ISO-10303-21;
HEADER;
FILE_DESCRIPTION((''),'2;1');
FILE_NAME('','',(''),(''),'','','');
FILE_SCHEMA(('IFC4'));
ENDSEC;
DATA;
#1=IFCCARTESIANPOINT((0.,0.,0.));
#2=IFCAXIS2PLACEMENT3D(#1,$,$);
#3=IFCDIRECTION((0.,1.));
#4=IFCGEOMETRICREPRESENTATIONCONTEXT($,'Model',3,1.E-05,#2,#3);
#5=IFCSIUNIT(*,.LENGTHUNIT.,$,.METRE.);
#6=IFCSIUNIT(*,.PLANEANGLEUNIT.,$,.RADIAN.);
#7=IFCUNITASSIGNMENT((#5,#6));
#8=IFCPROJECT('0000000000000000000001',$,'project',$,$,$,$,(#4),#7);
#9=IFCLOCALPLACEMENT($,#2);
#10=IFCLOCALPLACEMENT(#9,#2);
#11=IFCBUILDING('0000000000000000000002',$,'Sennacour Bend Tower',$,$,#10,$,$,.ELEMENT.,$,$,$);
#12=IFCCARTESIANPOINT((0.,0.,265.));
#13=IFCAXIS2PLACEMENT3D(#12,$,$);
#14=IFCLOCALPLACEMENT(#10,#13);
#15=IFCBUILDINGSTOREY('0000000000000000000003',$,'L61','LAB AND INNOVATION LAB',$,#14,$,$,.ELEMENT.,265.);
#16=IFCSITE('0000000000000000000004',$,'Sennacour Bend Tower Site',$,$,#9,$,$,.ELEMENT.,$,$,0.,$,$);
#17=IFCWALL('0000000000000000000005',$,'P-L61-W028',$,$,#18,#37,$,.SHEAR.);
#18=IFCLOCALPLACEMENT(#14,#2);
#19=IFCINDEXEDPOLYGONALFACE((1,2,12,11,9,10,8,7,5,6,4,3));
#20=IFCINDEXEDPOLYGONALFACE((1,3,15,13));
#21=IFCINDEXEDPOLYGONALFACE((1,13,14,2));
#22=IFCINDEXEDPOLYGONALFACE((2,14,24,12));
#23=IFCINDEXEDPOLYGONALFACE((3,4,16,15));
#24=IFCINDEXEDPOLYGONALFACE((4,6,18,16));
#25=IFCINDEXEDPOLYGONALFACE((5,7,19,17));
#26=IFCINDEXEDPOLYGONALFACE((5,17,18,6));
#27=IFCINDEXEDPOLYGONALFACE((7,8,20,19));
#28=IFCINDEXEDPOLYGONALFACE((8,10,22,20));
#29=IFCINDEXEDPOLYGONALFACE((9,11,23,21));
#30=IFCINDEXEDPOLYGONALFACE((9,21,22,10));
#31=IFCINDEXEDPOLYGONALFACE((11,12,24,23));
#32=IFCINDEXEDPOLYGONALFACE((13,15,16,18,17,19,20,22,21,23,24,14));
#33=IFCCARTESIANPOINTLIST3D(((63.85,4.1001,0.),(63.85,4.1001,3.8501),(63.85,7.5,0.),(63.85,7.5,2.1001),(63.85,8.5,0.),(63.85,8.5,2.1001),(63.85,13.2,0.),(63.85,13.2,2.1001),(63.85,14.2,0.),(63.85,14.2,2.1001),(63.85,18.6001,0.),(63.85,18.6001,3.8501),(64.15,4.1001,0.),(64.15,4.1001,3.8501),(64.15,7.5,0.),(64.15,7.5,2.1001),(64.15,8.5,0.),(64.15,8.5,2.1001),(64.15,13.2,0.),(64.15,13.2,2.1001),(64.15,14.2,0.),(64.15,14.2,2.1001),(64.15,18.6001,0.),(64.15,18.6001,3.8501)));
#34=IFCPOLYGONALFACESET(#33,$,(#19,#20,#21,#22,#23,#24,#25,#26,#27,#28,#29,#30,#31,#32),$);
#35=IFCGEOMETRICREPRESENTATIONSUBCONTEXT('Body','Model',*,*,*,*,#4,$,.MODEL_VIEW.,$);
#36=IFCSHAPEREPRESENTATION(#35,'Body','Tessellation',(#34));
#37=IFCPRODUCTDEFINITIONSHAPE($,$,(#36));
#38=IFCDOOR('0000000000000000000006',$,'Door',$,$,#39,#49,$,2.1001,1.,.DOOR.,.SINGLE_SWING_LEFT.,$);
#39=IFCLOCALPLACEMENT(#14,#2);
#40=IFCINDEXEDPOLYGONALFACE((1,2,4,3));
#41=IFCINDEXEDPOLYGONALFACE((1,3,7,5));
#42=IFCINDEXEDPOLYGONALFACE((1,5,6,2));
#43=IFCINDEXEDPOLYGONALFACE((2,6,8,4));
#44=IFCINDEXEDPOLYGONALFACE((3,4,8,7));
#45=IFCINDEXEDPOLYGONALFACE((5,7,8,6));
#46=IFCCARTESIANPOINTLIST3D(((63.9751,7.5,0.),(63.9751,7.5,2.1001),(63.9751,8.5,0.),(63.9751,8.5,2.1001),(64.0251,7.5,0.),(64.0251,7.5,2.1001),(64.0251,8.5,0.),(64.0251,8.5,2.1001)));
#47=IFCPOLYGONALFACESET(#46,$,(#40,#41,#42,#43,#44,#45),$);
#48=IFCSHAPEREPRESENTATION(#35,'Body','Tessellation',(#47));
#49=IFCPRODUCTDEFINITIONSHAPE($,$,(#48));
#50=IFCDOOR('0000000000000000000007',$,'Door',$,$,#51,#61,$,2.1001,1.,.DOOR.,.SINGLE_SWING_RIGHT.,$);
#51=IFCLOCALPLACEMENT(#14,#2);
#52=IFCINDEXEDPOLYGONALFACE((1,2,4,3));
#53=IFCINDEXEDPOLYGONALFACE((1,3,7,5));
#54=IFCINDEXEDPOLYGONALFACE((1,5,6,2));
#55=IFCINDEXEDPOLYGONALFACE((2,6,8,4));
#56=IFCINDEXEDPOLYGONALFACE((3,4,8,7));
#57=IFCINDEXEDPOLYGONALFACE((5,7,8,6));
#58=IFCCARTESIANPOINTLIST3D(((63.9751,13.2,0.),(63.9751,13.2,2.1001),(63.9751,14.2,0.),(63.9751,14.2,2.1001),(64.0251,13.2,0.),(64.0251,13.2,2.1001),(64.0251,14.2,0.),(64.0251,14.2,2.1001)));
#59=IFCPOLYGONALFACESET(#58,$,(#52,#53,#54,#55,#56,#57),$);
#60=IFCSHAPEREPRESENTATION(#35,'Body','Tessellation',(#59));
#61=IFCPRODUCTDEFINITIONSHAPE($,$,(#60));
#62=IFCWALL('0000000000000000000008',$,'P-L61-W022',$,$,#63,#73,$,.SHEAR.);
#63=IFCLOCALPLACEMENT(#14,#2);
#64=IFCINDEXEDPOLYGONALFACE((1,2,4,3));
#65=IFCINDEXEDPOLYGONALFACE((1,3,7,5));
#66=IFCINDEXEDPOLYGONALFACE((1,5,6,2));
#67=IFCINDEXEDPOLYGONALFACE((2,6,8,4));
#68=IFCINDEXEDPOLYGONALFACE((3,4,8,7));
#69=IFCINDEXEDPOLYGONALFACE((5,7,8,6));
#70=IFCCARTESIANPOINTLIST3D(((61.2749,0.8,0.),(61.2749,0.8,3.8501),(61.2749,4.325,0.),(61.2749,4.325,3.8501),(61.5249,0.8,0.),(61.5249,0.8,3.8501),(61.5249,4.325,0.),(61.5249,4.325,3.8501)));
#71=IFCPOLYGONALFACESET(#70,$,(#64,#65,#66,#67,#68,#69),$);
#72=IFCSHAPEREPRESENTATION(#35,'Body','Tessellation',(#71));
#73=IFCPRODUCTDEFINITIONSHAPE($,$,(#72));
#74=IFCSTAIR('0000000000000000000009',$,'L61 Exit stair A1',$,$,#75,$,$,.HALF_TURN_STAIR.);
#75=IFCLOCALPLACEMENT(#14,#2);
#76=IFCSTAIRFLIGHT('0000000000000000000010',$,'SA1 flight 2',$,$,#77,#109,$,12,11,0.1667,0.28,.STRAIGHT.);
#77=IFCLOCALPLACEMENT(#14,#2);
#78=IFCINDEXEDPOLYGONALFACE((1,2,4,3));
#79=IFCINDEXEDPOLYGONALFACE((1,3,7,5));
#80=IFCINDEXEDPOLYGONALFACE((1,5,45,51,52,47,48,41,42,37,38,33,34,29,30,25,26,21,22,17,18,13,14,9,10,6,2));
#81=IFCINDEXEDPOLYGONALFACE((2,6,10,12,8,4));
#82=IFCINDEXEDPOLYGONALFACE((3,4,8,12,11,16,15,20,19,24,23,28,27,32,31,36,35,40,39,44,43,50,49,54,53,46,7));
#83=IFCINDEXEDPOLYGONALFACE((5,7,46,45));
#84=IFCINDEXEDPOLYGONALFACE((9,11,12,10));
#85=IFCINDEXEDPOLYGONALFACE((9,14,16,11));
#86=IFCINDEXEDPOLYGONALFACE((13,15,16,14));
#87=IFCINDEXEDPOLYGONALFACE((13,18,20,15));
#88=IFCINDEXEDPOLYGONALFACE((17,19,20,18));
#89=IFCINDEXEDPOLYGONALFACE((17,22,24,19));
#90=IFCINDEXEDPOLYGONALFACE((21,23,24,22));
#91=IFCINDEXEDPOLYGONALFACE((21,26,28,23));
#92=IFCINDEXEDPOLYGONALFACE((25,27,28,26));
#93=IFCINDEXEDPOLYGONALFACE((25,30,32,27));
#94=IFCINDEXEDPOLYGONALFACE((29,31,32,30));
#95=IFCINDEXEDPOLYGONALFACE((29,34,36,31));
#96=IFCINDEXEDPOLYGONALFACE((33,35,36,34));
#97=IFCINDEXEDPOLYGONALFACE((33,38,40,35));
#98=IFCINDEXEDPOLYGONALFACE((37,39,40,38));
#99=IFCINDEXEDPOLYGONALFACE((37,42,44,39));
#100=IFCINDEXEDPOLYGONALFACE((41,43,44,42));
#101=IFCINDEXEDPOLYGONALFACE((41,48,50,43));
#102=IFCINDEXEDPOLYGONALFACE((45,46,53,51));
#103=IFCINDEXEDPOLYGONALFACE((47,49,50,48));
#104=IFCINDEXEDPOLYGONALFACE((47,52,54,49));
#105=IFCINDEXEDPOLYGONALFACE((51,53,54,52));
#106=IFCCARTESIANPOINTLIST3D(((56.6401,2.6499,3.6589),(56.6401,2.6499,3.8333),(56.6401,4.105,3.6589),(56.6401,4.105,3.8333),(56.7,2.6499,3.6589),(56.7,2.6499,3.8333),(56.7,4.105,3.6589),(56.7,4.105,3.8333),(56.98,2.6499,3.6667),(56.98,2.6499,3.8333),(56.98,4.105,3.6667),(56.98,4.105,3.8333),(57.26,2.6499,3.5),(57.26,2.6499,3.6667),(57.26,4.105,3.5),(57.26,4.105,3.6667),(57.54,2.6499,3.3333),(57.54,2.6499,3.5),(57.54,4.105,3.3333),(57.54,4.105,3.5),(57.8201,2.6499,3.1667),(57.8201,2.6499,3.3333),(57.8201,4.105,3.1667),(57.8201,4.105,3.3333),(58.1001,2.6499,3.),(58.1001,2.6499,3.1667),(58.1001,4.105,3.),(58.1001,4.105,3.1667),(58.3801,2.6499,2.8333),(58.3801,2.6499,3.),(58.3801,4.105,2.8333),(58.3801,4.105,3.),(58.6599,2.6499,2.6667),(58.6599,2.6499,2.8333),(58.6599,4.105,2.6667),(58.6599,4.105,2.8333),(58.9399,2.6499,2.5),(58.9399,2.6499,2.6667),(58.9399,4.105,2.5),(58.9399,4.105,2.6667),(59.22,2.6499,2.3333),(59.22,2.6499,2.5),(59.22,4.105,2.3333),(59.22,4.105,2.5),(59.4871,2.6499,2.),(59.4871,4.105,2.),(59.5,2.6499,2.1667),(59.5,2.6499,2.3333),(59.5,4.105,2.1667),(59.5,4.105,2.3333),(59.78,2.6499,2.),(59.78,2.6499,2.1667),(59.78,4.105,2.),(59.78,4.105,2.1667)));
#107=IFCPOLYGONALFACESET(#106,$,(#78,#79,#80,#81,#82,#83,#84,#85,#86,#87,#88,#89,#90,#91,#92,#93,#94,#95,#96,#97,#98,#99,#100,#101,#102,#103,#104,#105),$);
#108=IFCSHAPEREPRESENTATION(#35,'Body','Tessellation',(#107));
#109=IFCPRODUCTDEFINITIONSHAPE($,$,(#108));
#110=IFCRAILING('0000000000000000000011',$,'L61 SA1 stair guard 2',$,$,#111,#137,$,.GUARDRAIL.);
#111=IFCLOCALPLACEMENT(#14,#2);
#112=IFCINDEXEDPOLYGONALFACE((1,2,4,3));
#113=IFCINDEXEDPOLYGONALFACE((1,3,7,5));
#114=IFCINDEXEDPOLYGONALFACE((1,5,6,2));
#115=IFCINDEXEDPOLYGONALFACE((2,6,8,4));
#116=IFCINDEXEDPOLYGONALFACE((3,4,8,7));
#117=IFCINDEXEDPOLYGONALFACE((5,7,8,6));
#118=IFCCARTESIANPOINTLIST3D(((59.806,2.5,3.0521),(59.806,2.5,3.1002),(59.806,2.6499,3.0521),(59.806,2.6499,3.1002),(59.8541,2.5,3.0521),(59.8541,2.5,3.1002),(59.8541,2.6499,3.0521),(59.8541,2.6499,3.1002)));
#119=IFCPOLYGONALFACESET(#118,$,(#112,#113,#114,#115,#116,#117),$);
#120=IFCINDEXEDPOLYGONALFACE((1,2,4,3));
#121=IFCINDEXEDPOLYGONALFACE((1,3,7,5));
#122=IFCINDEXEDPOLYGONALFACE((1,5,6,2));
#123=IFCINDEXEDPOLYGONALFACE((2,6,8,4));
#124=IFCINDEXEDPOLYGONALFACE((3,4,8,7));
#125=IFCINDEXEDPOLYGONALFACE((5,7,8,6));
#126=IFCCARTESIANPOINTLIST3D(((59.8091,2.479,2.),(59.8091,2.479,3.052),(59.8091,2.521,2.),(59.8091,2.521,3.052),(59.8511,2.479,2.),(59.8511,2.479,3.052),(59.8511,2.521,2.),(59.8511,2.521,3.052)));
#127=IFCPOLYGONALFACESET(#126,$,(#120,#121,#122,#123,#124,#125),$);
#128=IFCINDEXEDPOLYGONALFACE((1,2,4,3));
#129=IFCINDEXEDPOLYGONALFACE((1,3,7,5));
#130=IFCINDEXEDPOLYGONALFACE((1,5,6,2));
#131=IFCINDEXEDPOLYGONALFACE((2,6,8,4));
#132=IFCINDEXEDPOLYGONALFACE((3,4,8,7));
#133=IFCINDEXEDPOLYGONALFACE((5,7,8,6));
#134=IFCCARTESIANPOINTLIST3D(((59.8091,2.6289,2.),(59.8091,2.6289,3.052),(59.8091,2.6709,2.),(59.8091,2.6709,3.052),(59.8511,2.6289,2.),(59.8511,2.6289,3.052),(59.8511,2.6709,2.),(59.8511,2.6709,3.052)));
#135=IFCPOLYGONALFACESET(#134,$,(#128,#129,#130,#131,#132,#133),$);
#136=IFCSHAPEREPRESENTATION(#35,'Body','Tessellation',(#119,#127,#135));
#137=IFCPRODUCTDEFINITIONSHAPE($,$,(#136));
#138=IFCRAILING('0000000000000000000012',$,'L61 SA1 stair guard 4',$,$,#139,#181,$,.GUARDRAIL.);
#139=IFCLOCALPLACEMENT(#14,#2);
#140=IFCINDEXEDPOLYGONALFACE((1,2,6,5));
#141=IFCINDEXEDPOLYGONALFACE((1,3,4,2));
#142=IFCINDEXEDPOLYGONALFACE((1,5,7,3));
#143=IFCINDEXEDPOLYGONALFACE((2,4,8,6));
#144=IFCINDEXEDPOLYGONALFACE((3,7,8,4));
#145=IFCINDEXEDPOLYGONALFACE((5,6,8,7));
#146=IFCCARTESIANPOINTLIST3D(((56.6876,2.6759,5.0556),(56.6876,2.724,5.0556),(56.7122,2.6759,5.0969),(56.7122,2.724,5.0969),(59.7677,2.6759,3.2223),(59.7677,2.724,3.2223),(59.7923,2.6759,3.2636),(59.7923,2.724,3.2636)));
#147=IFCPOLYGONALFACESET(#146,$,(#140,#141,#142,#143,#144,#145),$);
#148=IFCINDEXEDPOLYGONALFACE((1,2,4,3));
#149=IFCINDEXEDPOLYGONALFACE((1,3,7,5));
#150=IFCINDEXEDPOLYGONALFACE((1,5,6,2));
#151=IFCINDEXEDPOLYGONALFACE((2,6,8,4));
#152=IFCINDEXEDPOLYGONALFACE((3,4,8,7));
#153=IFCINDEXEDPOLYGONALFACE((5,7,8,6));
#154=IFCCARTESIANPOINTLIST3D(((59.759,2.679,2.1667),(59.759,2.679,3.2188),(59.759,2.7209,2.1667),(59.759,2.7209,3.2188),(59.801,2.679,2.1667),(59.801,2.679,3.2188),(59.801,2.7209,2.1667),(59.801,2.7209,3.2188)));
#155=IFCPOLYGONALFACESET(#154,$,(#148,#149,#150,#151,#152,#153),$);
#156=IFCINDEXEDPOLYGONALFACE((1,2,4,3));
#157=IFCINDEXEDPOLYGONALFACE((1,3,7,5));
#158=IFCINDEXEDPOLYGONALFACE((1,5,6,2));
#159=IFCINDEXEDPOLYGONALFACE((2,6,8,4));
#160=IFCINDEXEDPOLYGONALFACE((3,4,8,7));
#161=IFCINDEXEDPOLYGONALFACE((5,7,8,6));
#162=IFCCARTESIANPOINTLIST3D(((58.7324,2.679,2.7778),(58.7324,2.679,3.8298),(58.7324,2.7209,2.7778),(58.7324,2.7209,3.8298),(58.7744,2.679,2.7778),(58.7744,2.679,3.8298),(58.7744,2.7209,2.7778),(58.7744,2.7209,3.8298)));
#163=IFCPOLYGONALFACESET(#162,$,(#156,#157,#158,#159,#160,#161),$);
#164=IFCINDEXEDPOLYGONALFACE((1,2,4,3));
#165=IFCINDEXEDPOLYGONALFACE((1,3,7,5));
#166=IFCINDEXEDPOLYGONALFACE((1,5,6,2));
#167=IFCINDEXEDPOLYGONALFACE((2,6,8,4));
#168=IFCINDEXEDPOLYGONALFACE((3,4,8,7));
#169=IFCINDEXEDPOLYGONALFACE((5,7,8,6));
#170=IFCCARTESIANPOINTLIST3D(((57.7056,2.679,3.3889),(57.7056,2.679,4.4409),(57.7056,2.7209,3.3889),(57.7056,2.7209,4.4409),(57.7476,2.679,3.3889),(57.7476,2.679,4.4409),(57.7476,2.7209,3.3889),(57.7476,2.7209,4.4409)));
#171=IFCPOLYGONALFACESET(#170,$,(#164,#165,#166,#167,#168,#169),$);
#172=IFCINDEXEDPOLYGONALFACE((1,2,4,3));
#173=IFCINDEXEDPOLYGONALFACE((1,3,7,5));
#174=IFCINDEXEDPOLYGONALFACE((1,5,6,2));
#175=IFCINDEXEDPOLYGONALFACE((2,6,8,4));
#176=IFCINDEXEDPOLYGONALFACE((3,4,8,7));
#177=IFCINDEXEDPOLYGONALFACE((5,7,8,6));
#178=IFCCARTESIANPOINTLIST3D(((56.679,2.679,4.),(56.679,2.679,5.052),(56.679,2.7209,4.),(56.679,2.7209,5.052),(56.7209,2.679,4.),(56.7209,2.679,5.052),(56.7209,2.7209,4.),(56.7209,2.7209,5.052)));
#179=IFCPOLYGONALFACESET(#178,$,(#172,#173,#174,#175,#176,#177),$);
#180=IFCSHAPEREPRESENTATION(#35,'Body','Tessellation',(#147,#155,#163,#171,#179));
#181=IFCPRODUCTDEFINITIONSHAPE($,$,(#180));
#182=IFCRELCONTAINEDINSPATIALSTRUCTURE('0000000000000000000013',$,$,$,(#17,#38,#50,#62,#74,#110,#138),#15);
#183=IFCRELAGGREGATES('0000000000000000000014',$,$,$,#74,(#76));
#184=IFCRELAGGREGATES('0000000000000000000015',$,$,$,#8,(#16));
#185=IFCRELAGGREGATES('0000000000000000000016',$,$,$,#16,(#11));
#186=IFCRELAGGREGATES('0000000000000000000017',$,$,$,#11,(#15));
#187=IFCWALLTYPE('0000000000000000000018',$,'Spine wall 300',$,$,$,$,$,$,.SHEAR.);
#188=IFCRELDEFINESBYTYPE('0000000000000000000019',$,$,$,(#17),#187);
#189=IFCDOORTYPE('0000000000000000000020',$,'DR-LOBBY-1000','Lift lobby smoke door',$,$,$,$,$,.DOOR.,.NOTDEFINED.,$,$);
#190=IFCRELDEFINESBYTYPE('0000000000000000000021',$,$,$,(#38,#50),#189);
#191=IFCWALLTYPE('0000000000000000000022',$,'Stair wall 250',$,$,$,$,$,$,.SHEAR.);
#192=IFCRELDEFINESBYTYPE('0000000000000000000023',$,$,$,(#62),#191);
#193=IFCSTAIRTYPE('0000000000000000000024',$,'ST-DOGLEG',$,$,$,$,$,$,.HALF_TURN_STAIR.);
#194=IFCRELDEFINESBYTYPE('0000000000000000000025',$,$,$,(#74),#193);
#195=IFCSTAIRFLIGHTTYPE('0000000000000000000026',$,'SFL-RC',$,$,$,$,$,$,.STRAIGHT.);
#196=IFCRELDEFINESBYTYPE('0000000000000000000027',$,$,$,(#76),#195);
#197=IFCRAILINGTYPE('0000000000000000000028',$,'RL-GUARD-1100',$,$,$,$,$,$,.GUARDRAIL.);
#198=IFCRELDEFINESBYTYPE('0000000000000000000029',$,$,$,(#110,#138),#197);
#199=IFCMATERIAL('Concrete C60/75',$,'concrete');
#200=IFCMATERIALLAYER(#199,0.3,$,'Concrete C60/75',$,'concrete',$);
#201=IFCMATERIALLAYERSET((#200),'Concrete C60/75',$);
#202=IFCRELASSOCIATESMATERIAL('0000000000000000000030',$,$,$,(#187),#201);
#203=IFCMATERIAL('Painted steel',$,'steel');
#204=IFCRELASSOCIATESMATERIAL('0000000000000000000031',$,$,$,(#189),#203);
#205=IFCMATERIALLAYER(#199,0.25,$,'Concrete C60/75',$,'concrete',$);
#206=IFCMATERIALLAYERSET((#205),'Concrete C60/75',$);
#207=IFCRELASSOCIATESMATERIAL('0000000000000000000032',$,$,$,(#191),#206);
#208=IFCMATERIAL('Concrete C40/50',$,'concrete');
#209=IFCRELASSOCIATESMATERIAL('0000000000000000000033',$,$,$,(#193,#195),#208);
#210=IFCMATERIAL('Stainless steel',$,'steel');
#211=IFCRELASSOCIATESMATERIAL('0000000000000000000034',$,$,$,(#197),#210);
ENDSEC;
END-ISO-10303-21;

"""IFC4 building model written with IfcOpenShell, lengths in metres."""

from ifc_helpers import new_model, si_unit, direction, frame, frame_2d, origin, origin_2d, place, context, subcontext, project, spatial, polyline, rectangle, outline, extrude, material, layer, layer_set, type_object, element, fill, aggregate, save


model = new_model("IFC4")

# Units and contexts
model_context = context("Model", 3, precision=1e-05, world=origin(), true_north=direction((0.0, 1.0)))
body_context = subcontext(model_context, "Body", "Model", "MODEL_VIEW")
ifc_project = project(units=[si_unit("LENGTHUNIT", "METRE"), si_unit("PLANEANGLEUNIT", "RADIAN")], contexts=[model_context])

# Site, building, storey
site_placement = place(None, origin())
site = spatial("IfcSite", under=ifc_project, at=site_placement, Name="Sennacour Bend Tower Site", CompositionType="ELEMENT", RefElevation=0.0)
building_placement = place(site_placement, origin())
building = spatial("IfcBuilding", under=site, at=building_placement, Name="Sennacour Bend Tower", CompositionType="ELEMENT")
storey_placement = place(building_placement, frame((0.0, 0.0, 265.0)))
storey = spatial("IfcBuildingStorey", under=building, at=storey_placement, Name="L61", Description="LAB AND INNOVATION LAB", CompositionType="ELEMENT", Elevation=265.0)

# Shared definitions
ifc_material_1 = material(Name="Painted steel", Category="steel")

# Wall, openings, doors
ifc_material_2 = material(Name="Concrete C60/75", Category="concrete")
ifc_layer_1 = layer(ifc_material_2, 0.3, Name="Concrete C60/75", Category="concrete")
ifc_layer_set_1 = layer_set([ifc_layer_1], Name="Concrete C60/75")
wall_type_1 = type_object("IfcWallType", Name="Spine wall 300", PredefinedType="SHEAR", material=ifc_layer_set_1)
wall_1_placement = place(storey_placement, frame((64.0, 4.1001, 0.0), z_axis=(0.0, 0.0, 1.0), x_axis=(0.0, 1.0, 0.0)))
wall_1 = element("IfcWall", 1, at=wall_1_placement, inside=storey, type_object=wall_type_1, Name="P-L61-W028", PredefinedType="SHEAR", context=body_context, shape_type="SweptSolid", body=[
    extrude(rectangle(XDim=14.5, YDim=0.3, at=frame_2d((7.25, 0.0))), origin(), (0.0, 0.0, 1.0), 3.8501),
])
opening_1_placement = place(wall_1_placement, frame((3.3999, 0.0, 0.0)))
opening_1 = element("IfcOpeningElement", 2, at=opening_1_placement, cuts=wall_1, PredefinedType="OPENING", context=body_context, shape_type="SweptSolid", body=[
    extrude(rectangle(XDim=1.0, YDim=2.1001, at=frame_2d((0.5, 1.05))), frame((0.0, 0.1602, 0.0), z_axis=(0.0, -1.0, 0.0), x_axis=(1.0, 0.0, 0.0)), (0.0, 0.0, 1.0), 0.3201),
])
opening_2_placement = place(wall_1_placement, frame((9.0999, 0.0, 0.0)))
opening_2 = element("IfcOpeningElement", 3, at=opening_2_placement, cuts=wall_1, PredefinedType="OPENING", context=body_context, shape_type="SweptSolid", body=[
    extrude(rectangle(XDim=1.0, YDim=2.1001, at=frame_2d((0.5, 1.05))), frame((0.0, 0.1602, 0.0), z_axis=(0.0, -1.0, 0.0), x_axis=(1.0, 0.0, 0.0)), (0.0, 0.0, 1.0), 0.3201),
])
door_type_1 = type_object("IfcDoorType", Name="DR-LOBBY-1000", Description="Lift lobby smoke door", OperationType="NOTDEFINED", PredefinedType="DOOR", material=ifc_material_1)
door_1_placement = place(opening_1_placement, origin())
door_1 = element("IfcDoor", 4, at=door_1_placement, inside=storey, type_object=door_type_1, Name="Door", OperationType="SINGLE_SWING_LEFT", OverallHeight=2.1001, OverallWidth=1.0, PredefinedType="DOOR", context=body_context, shape_type="SweptSolid", body=[
    extrude(rectangle(XDim=1.0, YDim=2.1001, at=frame_2d((0.5, 1.05))), frame((0.0, 0.0249, 0.0), z_axis=(0.0, -1.0, 0.0), x_axis=(1.0, 0.0, 0.0)), (0.0, 0.0, 1.0), 0.05),
])
fill(opening_1, door_1)
door_2_placement = place(opening_2_placement, origin())
door_2 = element("IfcDoor", 5, at=door_2_placement, inside=storey, type_object=door_type_1, Name="Door", OperationType="SINGLE_SWING_RIGHT", OverallHeight=2.1001, OverallWidth=1.0, PredefinedType="DOOR", context=body_context, shape_type="SweptSolid", body=[
    extrude(rectangle(XDim=1.0, YDim=2.1001, at=frame_2d((0.5, 1.05))), frame((0.0, 0.0249, 0.0), z_axis=(0.0, -1.0, 0.0), x_axis=(1.0, 0.0, 0.0)), (0.0, 0.0, 1.0), 0.05),
])
fill(opening_2, door_2)

# Wall
ifc_layer_2 = layer(ifc_material_2, 0.25, Name="Concrete C60/75", Category="concrete")
ifc_layer_set_2 = layer_set([ifc_layer_2], Name="Concrete C60/75")
wall_type_2 = type_object("IfcWallType", Name="Stair wall 250", PredefinedType="SHEAR", material=ifc_layer_set_2)
wall_2_placement = place(storey_placement, frame((61.3999, 0.8, 0.0), z_axis=(0.0, 0.0, 1.0), x_axis=(0.0, 1.0, 0.0)))
element("IfcWall", 6, at=wall_2_placement, inside=storey, type_object=wall_type_2, Name="P-L61-W022", PredefinedType="SHEAR", context=body_context, shape_type="SweptSolid", body=[
    extrude(rectangle(XDim=3.5249, YDim=0.25, at=frame_2d((1.7625, 0.0))), origin(), (0.0, 0.0, 1.0), 3.8501),
])

# Stair, stair flight
ifc_material_3 = material(Name="Concrete C40/50", Category="concrete")
stair_type = type_object("IfcStairType", Name="ST-DOGLEG", PredefinedType="HALF_TURN_STAIR", material=ifc_material_3)
stair_placement = place(storey_placement, origin())
stair = element("IfcStair", 7, at=stair_placement, inside=storey, type_object=stair_type, Name="L61 Exit stair A1", PredefinedType="HALF_TURN_STAIR")
stair_flight_type = type_object("IfcStairFlightType", Name="SFL-RC", PredefinedType="STRAIGHT", material=ifc_material_3)
stair_flight_placement = place(storey_placement, frame((59.78, 3.3774, 2.0), z_axis=(0.0, 0.0, 1.0), x_axis=(-1.0, 0.0, 0.0)))
stair_flight = element("IfcStairFlight", 8, at=stair_flight_placement, type_object=stair_flight_type, Name="SA1 flight 2", NumberOfRisers=12, NumberOfTreads=11, PredefinedType="STRAIGHT", RiserHeight=0.1667, TreadLength=0.28, context=body_context, shape_type="SweptSolid", body=[
    extrude(outline(polyline([(0.0, 0.0), (0.0, 0.1667), (0.28, 0.1667), (0.28, 0.3333), (0.5601, 0.3333), (0.5601, 0.5), (0.8401, 0.5), (0.8401, 0.6667), (1.1201, 0.6667), (1.1201, 0.8333), (1.3999, 0.8333), (1.3999, 1.0), (1.6799, 1.0), (1.6799, 1.1667), (1.96, 1.1667), (1.96, 1.3333), (2.24, 1.3333), (2.24, 1.5), (2.52, 1.5), (2.52, 1.6667), (2.8, 1.6667), (2.8, 1.8333), (3.0801, 1.8333), (3.1399, 1.8333), (3.1399, 1.6589), (3.0801, 1.6589), (0.293, 0.0), (0.0, 0.0)])), frame((0.0, 0.7275, 0.0), z_axis=(0.0, -1.0, 0.0), x_axis=(1.0, 0.0, 0.0)), (0.0, 0.0, 1.0), 1.4551),
])
aggregate(stair, [stair_flight])

# Railings
ifc_material_4 = material(Name="Stainless steel", Category="steel")
railing_type_1 = type_object("IfcRailingType", Name="RL-GUARD-1100", PredefinedType="GUARDRAIL", material=ifc_material_4)
railing_1_placement = place(storey_placement, frame((59.8301, 2.5, 2.0)))
element("IfcRailing", 9, at=railing_1_placement, inside=storey, type_object=railing_type_1, Name="L61 SA1 stair guard 2", PredefinedType="GUARDRAIL", context=body_context, shape_type="SweptSolid", body=[
    extrude(rectangle(XDim=0.0481, YDim=0.0481, at=origin_2d()), frame((0.0, 0.0, 1.0762), z_axis=(0.0, 1.0, 0.0), x_axis=(-1.0, 0.0, 0.0)), (0.0, 0.0, 1.0), 0.1499),
    extrude(rectangle(XDim=0.042, YDim=0.042, at=origin_2d()), origin(), (0.0, 0.0, 1.0), 1.052),
    extrude(rectangle(XDim=0.042, YDim=0.042, at=origin_2d()), frame((0.0, 0.1499, 0.0)), (0.0, 0.0, 1.0), 1.052),
])
railing_2_placement = place(storey_placement, frame((59.78, 2.7, 2.1667)))
element("IfcRailing", 10, at=railing_2_placement, inside=storey, type_object=railing_type_1, Name="L61 SA1 stair guard 4", PredefinedType="GUARDRAIL", context=body_context, shape_type="SweptSolid", body=[
    extrude(rectangle(XDim=0.0481, YDim=0.0481, at=origin_2d()), frame((0.0, 0.0, 1.0762), z_axis=(-0.859309, 0.0, 0.511458), x_axis=(0.0, -1.0, 0.0)), (0.0, 0.0, 1.0), 3.5845),
    extrude(rectangle(XDim=0.042, YDim=0.042, at=origin_2d()), origin(), (0.0, 0.0, 1.0), 1.052),
    extrude(rectangle(XDim=0.042, YDim=0.042, at=origin_2d()), frame((-1.0266, 0.0, 0.6111)), (0.0, 0.0, 1.0), 1.052),
    extrude(rectangle(XDim=0.042, YDim=0.042, at=origin_2d()), frame((-2.0535, 0.0, 1.2222)), (0.0, 0.0, 1.0), 1.052),
    extrude(rectangle(XDim=0.042, YDim=0.042, at=origin_2d()), frame((-3.0801, 0.0, 1.8333)), (0.0, 0.0, 1.0), 1.052),
])

save(model, "model.ifc")
